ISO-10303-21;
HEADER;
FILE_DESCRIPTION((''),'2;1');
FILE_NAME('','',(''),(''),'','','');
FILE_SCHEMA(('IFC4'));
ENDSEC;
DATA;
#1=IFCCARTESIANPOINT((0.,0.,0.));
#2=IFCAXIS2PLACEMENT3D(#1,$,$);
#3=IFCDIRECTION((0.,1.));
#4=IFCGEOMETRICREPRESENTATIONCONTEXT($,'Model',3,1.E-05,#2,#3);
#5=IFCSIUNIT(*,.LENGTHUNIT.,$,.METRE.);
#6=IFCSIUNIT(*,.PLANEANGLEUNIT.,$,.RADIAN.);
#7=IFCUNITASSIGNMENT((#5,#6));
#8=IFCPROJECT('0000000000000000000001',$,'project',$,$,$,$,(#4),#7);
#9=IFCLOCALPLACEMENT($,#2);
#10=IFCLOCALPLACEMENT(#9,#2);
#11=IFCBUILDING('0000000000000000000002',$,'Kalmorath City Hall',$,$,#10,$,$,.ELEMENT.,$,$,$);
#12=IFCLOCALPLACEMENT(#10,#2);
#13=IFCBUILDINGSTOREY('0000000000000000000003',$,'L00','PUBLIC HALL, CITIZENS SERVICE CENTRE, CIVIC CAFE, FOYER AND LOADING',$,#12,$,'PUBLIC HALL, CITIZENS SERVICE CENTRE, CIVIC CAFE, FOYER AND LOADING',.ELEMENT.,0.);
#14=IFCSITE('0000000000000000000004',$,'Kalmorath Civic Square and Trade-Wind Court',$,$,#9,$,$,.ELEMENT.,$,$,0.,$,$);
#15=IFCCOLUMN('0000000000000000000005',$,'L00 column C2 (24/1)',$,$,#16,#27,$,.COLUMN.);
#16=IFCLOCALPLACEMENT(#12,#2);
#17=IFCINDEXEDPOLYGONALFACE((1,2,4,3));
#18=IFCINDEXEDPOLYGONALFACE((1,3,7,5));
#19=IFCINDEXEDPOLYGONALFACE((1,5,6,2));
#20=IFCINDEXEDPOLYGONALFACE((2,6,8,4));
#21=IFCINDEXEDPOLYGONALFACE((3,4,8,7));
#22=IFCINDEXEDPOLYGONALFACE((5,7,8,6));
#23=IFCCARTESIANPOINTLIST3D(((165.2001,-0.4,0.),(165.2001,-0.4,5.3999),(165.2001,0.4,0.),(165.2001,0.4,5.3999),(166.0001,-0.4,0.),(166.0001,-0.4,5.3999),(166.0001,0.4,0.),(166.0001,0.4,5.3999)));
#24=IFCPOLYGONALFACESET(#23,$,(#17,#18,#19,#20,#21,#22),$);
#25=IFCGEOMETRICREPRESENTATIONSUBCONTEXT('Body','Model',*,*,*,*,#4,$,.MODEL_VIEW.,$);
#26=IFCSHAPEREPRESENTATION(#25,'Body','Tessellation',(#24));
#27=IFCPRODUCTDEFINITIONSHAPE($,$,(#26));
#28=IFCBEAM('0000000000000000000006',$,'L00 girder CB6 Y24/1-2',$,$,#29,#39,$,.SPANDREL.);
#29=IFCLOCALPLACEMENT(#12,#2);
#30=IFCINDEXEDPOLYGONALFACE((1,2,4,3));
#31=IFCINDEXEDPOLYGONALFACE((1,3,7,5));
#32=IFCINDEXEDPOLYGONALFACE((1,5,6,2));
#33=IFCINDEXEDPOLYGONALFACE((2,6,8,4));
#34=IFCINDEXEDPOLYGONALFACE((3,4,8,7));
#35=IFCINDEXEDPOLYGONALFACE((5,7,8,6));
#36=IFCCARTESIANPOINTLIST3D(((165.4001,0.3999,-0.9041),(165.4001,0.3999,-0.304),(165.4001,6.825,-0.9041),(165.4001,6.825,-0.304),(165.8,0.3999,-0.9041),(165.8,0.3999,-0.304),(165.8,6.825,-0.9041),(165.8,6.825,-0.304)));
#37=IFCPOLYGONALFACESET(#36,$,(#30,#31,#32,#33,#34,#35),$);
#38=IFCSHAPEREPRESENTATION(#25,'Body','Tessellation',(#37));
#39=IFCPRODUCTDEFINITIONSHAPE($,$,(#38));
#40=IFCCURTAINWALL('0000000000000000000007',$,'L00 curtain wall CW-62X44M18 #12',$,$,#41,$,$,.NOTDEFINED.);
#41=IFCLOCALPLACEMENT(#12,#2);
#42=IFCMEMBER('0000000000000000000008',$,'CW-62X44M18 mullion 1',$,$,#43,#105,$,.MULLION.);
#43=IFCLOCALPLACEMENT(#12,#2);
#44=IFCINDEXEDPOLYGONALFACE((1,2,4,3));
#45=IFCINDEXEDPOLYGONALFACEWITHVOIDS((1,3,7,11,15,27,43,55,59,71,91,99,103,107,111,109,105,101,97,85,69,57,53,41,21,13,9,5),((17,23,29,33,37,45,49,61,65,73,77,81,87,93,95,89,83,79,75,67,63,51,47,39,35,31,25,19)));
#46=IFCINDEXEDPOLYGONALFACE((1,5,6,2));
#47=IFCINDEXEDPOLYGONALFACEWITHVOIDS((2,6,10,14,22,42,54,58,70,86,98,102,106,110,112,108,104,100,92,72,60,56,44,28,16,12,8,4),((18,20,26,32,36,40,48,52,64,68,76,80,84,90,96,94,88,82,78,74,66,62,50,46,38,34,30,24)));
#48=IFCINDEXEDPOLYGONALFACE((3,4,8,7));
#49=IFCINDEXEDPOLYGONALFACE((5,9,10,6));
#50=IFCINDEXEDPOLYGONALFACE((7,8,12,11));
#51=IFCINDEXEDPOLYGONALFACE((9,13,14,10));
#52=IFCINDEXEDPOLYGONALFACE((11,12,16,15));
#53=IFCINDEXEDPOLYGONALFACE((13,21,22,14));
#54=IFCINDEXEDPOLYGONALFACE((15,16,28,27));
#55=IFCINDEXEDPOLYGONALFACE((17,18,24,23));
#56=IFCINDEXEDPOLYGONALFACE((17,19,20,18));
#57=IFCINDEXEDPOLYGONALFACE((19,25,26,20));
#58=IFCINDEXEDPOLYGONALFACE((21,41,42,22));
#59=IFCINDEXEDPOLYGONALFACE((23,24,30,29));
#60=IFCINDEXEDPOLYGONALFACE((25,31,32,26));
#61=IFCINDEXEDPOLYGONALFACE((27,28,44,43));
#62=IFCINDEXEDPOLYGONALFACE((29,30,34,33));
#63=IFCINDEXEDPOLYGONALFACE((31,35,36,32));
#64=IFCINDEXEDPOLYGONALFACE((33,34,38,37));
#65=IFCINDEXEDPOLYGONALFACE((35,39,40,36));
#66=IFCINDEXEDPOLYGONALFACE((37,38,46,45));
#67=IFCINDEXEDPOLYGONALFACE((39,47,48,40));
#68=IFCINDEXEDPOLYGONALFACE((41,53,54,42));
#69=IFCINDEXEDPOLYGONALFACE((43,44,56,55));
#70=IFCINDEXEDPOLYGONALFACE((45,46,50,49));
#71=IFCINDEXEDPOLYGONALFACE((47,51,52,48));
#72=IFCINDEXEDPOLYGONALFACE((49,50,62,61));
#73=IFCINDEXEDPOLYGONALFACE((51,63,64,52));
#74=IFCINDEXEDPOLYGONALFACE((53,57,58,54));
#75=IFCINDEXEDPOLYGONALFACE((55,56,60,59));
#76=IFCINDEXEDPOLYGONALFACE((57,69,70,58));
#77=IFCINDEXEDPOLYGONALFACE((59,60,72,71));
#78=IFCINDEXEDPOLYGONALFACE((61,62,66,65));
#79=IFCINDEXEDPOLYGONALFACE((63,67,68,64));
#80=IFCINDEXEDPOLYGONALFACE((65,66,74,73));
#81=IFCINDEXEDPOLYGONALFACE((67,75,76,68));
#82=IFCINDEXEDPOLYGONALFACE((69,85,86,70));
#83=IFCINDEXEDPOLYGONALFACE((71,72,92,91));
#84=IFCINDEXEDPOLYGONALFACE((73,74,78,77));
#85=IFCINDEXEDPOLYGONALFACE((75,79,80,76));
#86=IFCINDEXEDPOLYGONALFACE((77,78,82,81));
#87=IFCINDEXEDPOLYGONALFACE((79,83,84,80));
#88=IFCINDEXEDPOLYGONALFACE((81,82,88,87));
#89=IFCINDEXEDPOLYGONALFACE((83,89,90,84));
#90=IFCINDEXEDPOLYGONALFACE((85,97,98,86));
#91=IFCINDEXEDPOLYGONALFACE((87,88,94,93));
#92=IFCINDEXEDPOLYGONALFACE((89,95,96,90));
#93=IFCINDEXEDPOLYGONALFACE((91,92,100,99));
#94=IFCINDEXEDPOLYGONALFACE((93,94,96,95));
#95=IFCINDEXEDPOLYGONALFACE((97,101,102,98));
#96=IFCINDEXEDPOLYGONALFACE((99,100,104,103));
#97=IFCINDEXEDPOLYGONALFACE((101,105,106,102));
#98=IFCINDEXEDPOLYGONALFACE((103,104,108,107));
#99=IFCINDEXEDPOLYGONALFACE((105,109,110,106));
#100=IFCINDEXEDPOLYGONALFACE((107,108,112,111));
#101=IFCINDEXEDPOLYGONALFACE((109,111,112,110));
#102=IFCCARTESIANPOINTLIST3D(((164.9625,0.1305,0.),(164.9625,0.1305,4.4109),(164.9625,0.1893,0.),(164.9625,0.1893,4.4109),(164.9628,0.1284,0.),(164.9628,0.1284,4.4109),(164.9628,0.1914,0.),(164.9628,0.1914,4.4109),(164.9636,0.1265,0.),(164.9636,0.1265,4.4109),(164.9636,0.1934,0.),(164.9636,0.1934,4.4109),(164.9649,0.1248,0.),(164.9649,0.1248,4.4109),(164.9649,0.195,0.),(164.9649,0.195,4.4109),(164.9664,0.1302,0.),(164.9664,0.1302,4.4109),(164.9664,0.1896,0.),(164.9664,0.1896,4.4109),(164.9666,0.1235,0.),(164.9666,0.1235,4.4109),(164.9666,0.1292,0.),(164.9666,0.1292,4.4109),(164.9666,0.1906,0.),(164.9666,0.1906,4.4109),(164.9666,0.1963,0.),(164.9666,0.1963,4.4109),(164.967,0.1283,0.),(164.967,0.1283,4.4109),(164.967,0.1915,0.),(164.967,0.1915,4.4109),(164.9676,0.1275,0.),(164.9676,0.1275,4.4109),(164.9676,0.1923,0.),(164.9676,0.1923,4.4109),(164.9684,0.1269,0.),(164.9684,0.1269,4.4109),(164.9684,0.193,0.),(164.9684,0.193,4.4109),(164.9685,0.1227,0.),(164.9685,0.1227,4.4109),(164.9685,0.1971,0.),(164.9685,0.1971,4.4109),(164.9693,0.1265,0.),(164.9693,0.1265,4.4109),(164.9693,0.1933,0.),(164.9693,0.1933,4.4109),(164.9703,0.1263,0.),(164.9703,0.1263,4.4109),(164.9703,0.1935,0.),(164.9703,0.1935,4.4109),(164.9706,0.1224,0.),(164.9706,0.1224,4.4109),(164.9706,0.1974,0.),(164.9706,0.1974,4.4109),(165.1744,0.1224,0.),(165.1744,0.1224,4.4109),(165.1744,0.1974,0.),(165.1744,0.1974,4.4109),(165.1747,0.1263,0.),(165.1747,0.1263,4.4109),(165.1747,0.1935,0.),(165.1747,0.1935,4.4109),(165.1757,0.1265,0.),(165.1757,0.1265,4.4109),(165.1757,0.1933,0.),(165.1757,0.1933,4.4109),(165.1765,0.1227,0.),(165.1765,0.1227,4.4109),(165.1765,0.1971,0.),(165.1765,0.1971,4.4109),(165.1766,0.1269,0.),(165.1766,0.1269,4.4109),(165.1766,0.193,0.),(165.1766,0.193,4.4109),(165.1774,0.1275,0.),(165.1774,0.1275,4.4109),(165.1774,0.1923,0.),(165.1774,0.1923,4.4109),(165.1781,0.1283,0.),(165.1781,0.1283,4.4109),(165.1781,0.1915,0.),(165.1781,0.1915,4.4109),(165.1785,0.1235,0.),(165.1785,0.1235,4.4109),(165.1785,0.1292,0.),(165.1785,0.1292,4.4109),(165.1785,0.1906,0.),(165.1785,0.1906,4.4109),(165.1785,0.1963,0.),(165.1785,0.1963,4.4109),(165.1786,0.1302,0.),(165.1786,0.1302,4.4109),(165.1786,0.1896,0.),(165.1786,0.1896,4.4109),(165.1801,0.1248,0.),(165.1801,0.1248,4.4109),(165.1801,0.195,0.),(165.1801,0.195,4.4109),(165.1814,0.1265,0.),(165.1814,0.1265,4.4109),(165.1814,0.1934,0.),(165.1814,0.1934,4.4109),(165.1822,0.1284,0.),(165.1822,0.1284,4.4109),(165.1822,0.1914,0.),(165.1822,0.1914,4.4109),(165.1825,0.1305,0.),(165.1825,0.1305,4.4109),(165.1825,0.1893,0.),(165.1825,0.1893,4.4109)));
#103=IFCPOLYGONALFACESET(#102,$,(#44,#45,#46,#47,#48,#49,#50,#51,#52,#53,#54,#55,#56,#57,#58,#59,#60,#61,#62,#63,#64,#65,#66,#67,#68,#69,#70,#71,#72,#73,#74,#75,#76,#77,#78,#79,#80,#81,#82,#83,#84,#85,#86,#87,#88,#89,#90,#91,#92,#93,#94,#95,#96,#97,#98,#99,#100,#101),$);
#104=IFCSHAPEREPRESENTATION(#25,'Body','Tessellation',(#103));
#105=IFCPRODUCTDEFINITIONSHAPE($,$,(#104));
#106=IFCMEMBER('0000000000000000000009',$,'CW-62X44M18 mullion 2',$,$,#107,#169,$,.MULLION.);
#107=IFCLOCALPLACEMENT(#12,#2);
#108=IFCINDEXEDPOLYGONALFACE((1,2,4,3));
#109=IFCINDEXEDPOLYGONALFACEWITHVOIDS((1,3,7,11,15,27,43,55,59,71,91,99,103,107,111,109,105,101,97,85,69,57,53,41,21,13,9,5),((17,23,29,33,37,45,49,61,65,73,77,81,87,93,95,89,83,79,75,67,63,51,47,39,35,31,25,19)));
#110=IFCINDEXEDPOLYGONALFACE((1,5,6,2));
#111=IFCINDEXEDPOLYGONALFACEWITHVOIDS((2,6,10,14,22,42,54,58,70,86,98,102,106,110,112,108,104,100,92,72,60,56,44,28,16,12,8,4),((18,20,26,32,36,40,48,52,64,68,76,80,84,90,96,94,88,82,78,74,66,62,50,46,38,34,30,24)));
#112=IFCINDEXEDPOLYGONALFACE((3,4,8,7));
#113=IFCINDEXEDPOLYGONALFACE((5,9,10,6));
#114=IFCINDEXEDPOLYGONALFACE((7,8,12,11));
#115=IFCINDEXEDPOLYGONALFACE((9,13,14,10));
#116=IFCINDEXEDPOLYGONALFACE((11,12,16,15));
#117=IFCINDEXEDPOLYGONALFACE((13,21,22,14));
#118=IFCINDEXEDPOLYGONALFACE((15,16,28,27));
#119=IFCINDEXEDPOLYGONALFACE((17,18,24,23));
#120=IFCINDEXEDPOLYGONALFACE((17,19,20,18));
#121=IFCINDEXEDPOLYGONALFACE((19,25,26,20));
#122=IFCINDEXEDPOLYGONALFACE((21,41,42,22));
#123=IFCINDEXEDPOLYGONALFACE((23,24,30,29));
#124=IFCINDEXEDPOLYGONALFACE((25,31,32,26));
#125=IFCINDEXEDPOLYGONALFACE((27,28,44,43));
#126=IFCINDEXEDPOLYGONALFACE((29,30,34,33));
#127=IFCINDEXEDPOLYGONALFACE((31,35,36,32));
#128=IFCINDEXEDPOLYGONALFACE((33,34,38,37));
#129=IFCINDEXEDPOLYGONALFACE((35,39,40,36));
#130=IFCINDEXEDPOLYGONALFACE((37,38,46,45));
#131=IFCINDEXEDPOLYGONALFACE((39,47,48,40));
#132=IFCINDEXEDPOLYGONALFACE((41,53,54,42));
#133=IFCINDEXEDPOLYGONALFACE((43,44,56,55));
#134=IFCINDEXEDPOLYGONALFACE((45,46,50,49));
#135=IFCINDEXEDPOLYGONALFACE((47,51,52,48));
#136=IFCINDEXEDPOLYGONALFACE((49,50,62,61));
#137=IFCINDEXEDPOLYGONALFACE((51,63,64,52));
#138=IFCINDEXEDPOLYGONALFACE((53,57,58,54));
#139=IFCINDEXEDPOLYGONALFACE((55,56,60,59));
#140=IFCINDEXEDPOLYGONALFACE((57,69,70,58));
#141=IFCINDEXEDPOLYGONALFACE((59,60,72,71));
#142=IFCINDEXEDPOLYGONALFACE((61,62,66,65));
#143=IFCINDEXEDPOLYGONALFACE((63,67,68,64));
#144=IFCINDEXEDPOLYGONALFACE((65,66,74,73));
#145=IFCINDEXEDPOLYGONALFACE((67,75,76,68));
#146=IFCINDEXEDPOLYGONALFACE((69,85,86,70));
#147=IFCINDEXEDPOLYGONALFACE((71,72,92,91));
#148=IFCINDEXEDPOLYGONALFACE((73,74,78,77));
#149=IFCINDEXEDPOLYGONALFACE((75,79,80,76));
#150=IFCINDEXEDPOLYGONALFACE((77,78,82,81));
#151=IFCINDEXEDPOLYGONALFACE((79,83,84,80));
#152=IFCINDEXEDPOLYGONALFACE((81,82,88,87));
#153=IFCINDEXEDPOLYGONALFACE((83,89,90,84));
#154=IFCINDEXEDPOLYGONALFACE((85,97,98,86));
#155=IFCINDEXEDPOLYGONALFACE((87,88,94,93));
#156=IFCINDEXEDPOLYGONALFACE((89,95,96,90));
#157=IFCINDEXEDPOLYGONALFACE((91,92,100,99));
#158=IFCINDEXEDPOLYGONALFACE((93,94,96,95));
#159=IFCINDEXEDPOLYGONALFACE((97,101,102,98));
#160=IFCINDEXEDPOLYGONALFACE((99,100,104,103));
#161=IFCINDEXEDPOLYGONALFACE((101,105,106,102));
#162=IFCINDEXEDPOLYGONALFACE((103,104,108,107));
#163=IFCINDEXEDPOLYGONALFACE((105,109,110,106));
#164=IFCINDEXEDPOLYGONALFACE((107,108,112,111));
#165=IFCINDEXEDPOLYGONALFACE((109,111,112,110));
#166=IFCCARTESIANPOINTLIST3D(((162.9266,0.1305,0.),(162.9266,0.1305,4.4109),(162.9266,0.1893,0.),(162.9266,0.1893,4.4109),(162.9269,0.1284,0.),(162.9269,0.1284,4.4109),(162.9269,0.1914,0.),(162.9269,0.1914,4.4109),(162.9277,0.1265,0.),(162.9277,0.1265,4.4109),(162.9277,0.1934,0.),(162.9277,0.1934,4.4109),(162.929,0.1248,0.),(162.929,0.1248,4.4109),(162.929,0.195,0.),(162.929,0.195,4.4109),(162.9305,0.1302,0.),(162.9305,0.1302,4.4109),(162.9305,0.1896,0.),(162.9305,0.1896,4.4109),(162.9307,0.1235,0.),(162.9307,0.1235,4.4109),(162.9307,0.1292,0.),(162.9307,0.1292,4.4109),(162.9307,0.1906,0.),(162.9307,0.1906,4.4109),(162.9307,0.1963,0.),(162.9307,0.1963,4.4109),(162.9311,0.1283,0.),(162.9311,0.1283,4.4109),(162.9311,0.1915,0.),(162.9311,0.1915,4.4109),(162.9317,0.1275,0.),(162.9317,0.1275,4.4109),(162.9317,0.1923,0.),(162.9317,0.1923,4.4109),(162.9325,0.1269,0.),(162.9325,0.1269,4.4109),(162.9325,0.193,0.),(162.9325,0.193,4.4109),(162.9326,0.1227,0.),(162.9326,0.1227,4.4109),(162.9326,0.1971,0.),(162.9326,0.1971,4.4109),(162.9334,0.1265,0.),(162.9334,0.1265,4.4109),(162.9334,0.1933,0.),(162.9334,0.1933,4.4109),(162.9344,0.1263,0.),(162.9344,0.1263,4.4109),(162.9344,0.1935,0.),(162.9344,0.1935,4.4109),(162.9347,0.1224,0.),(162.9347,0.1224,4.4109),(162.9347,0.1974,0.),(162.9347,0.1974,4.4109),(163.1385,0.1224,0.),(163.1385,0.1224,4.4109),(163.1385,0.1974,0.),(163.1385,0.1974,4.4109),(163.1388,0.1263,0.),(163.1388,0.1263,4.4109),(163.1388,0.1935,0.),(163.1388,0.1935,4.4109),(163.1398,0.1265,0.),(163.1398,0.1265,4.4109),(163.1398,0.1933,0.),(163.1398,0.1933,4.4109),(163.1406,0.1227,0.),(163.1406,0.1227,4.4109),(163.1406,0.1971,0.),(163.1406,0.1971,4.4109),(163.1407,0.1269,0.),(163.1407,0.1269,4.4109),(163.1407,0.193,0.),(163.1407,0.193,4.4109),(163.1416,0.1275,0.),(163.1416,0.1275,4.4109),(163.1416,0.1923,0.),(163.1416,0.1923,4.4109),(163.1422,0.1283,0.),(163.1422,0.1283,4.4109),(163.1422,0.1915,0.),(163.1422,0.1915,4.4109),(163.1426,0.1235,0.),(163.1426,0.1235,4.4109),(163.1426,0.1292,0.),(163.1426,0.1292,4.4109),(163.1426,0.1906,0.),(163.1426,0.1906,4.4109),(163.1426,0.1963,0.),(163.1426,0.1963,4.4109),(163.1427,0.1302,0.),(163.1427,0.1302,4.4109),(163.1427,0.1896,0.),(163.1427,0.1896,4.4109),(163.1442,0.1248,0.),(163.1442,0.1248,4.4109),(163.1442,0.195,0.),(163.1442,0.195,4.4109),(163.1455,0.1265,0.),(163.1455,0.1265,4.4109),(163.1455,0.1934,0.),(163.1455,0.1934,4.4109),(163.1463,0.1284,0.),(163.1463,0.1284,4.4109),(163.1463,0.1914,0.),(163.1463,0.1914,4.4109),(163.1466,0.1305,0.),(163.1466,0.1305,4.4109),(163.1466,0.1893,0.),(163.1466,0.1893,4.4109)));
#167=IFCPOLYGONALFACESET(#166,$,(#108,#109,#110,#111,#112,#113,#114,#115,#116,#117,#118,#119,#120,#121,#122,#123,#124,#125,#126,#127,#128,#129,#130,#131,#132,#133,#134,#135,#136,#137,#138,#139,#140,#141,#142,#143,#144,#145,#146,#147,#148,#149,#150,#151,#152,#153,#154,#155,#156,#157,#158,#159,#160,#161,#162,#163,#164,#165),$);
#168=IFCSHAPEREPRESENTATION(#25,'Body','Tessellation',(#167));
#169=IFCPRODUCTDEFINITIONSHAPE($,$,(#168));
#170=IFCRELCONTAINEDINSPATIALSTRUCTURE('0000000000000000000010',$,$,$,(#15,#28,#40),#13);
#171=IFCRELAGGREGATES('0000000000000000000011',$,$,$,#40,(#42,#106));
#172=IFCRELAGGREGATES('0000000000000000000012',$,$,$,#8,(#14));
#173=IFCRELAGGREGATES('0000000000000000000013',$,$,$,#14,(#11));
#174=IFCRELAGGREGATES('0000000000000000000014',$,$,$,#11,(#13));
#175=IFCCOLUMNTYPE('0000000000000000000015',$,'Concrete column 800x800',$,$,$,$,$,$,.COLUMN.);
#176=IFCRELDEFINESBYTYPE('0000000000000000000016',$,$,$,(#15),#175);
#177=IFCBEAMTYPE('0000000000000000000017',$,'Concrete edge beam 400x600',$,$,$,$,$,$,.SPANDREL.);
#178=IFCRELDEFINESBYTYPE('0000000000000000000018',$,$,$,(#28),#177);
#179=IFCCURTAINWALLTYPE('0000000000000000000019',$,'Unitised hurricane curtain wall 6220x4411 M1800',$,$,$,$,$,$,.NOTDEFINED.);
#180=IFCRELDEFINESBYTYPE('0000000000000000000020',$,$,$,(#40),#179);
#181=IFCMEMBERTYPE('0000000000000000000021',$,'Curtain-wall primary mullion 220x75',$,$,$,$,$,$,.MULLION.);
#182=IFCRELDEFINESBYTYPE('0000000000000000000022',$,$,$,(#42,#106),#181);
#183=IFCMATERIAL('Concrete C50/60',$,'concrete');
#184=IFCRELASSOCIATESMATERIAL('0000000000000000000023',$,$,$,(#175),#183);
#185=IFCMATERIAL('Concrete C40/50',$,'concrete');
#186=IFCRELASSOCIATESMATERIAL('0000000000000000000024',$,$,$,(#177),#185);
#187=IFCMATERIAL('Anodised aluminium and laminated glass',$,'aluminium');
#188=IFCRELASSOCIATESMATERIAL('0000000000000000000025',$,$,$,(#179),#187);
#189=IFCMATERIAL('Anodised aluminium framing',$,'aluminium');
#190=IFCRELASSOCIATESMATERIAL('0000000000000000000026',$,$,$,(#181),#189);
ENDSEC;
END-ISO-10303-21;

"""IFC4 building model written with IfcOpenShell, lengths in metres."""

from ifc_helpers import new_model, si_unit, direction, frame, origin, origin_2d, place, context, subcontext, project, spatial, rectangle, hollow_rectangle, extrude, material, material_profile, profile_set, type_object, element, aggregate, save


model = new_model("IFC4")

# Units and contexts
model_context = context("Model", 3, precision=1e-05, world=origin(), true_north=direction((0.0, 1.0)))
body_context = subcontext(model_context, "Body", "Model", "MODEL_VIEW")
ifc_project = project(units=[si_unit("LENGTHUNIT", "METRE"), si_unit("PLANEANGLEUNIT", "RADIAN")], contexts=[model_context])

# Site, building, storey
site_placement = place(None, origin())
site = spatial("IfcSite", under=ifc_project, at=site_placement, Name="Kalmorath Civic Square and Trade-Wind Court", CompositionType="ELEMENT", RefElevation=0.0)
building_placement = place(site_placement, origin())
building = spatial("IfcBuilding", under=site, at=building_placement, Name="Kalmorath City Hall", CompositionType="ELEMENT")
storey_placement = place(building_placement, origin())
storey = spatial("IfcBuildingStorey", under=building, at=storey_placement, Name="L00", Description="PUBLIC HALL, CITIZENS SERVICE CENTRE, CIVIC CAFE, FOYER AND LOADING", LongName="PUBLIC HALL, CITIZENS SERVICE CENTRE, CIVIC CAFE, FOYER AND LOADING", CompositionType="ELEMENT", Elevation=0.0)

# Column
ifc_material_1 = material(Name="Concrete C50/60", Category="concrete")
ifc_material_profile_1 = material_profile(ifc_material_1, rectangle(XDim=0.8, YDim=0.8, at=origin_2d()), Name="RC-COL-800X800")
ifc_profile_set_1 = profile_set([ifc_material_profile_1], Name="Concrete C50/60")
column_type = type_object("IfcColumnType", Name="Concrete column 800x800", PredefinedType="COLUMN", material=ifc_profile_set_1)
column_placement = place(storey_placement, frame((165.6001, 0.0, 0.0), z_axis=(0.0, 0.0, 1.0), x_axis=(1.0, 0.0, 0.0)))
element("IfcColumn", 1, at=column_placement, inside=storey, type_object=column_type, Name="L00 column C2 (24/1)", PredefinedType="COLUMN", context=body_context, shape_type="SweptSolid", body=[
    extrude(rectangle(XDim=0.8, YDim=0.8, at=origin_2d()), origin(), (0.0, 0.0, 1.0), 5.3999),
])

# Beam
ifc_material_2 = material(Name="Concrete C40/50", Category="concrete")
ifc_material_profile_2 = material_profile(ifc_material_2, rectangle(XDim=0.3999, YDim=0.6001, at=origin_2d()), Name="RC-BM-400X600")
ifc_profile_set_2 = profile_set([ifc_material_profile_2], Name="Concrete C40/50")
beam_type = type_object("IfcBeamType", Name="Concrete edge beam 400x600", PredefinedType="SPANDREL", material=ifc_profile_set_2)
beam_placement = place(storey_placement, frame((165.6001, 0.3999, -0.604), z_axis=(0.0, 1.0, 0.0), x_axis=(-1.0, 0.0, 0.0)))
element("IfcBeam", 2, at=beam_placement, inside=storey, type_object=beam_type, Name="L00 girder CB6 Y24/1-2", PredefinedType="SPANDREL", context=body_context, shape_type="SweptSolid", body=[
    extrude(rectangle(XDim=0.3999, YDim=0.6001, at=origin_2d()), origin(), (0.0, 0.0, 1.0), 6.425),
])

# Curtain wall, members
ifc_material_3 = material(Name="Anodised aluminium and laminated glass", Category="aluminium")
curtain_wall_type = type_object("IfcCurtainWallType", Name="Unitised hurricane curtain wall 6220x4411 M1800", PredefinedType="NOTDEFINED", material=ifc_material_3)
curtain_wall_placement = place(storey_placement, origin())
curtain_wall = element("IfcCurtainWall", 3, at=curtain_wall_placement, inside=storey, type_object=curtain_wall_type, Name="L00 curtain wall CW-62X44M18 #12", PredefinedType="NOTDEFINED")
ifc_material_4 = material(Name="Anodised aluminium framing", Category="aluminium")
ifc_material_profile_3 = material_profile(ifc_material_4, hollow_rectangle(XDim=0.075, YDim=0.22, WallThickness=0.0039, InnerFilletRadius=0.0039, OuterFilletRadius=0.0081, at=origin_2d()), Name="ALU-MUL-220X75X4")
ifc_profile_set_3 = profile_set([ifc_material_profile_3], Name="Anodised aluminium framing")
member_type_1 = type_object("IfcMemberType", Name="Curtain-wall primary mullion 220x75", PredefinedType="MULLION", material=ifc_profile_set_3)
member_1_placement = place(storey_placement, frame((165.0725, 0.1599, 0.0), z_axis=(0.0, 0.0, 1.0), x_axis=(0.0, -1.0, 0.0)))
member_1 = element("IfcMember", 4, at=member_1_placement, type_object=member_type_1, Name="CW-62X44M18 mullion 1", PredefinedType="MULLION", context=body_context, shape_type="SweptSolid", body=[
    extrude(hollow_rectangle(XDim=0.075, YDim=0.22, WallThickness=0.0039, InnerFilletRadius=0.0039, OuterFilletRadius=0.0081, at=origin_2d()), origin(), (0.0, 0.0, 1.0), 4.4109),
])
member_2_placement = place(storey_placement, frame((163.0366, 0.1599, 0.0), z_axis=(0.0, 0.0, 1.0), x_axis=(0.0, -1.0, 0.0)))
member_2 = element("IfcMember", 5, at=member_2_placement, type_object=member_type_1, Name="CW-62X44M18 mullion 2", PredefinedType="MULLION", context=body_context, shape_type="SweptSolid", body=[
    extrude(hollow_rectangle(XDim=0.075, YDim=0.22, WallThickness=0.0039, InnerFilletRadius=0.0039, OuterFilletRadius=0.0081, at=origin_2d()), origin(), (0.0, 0.0, 1.0), 4.4109),
])
aggregate(curtain_wall, [member_1, member_2])

save(model, "model.ifc")
